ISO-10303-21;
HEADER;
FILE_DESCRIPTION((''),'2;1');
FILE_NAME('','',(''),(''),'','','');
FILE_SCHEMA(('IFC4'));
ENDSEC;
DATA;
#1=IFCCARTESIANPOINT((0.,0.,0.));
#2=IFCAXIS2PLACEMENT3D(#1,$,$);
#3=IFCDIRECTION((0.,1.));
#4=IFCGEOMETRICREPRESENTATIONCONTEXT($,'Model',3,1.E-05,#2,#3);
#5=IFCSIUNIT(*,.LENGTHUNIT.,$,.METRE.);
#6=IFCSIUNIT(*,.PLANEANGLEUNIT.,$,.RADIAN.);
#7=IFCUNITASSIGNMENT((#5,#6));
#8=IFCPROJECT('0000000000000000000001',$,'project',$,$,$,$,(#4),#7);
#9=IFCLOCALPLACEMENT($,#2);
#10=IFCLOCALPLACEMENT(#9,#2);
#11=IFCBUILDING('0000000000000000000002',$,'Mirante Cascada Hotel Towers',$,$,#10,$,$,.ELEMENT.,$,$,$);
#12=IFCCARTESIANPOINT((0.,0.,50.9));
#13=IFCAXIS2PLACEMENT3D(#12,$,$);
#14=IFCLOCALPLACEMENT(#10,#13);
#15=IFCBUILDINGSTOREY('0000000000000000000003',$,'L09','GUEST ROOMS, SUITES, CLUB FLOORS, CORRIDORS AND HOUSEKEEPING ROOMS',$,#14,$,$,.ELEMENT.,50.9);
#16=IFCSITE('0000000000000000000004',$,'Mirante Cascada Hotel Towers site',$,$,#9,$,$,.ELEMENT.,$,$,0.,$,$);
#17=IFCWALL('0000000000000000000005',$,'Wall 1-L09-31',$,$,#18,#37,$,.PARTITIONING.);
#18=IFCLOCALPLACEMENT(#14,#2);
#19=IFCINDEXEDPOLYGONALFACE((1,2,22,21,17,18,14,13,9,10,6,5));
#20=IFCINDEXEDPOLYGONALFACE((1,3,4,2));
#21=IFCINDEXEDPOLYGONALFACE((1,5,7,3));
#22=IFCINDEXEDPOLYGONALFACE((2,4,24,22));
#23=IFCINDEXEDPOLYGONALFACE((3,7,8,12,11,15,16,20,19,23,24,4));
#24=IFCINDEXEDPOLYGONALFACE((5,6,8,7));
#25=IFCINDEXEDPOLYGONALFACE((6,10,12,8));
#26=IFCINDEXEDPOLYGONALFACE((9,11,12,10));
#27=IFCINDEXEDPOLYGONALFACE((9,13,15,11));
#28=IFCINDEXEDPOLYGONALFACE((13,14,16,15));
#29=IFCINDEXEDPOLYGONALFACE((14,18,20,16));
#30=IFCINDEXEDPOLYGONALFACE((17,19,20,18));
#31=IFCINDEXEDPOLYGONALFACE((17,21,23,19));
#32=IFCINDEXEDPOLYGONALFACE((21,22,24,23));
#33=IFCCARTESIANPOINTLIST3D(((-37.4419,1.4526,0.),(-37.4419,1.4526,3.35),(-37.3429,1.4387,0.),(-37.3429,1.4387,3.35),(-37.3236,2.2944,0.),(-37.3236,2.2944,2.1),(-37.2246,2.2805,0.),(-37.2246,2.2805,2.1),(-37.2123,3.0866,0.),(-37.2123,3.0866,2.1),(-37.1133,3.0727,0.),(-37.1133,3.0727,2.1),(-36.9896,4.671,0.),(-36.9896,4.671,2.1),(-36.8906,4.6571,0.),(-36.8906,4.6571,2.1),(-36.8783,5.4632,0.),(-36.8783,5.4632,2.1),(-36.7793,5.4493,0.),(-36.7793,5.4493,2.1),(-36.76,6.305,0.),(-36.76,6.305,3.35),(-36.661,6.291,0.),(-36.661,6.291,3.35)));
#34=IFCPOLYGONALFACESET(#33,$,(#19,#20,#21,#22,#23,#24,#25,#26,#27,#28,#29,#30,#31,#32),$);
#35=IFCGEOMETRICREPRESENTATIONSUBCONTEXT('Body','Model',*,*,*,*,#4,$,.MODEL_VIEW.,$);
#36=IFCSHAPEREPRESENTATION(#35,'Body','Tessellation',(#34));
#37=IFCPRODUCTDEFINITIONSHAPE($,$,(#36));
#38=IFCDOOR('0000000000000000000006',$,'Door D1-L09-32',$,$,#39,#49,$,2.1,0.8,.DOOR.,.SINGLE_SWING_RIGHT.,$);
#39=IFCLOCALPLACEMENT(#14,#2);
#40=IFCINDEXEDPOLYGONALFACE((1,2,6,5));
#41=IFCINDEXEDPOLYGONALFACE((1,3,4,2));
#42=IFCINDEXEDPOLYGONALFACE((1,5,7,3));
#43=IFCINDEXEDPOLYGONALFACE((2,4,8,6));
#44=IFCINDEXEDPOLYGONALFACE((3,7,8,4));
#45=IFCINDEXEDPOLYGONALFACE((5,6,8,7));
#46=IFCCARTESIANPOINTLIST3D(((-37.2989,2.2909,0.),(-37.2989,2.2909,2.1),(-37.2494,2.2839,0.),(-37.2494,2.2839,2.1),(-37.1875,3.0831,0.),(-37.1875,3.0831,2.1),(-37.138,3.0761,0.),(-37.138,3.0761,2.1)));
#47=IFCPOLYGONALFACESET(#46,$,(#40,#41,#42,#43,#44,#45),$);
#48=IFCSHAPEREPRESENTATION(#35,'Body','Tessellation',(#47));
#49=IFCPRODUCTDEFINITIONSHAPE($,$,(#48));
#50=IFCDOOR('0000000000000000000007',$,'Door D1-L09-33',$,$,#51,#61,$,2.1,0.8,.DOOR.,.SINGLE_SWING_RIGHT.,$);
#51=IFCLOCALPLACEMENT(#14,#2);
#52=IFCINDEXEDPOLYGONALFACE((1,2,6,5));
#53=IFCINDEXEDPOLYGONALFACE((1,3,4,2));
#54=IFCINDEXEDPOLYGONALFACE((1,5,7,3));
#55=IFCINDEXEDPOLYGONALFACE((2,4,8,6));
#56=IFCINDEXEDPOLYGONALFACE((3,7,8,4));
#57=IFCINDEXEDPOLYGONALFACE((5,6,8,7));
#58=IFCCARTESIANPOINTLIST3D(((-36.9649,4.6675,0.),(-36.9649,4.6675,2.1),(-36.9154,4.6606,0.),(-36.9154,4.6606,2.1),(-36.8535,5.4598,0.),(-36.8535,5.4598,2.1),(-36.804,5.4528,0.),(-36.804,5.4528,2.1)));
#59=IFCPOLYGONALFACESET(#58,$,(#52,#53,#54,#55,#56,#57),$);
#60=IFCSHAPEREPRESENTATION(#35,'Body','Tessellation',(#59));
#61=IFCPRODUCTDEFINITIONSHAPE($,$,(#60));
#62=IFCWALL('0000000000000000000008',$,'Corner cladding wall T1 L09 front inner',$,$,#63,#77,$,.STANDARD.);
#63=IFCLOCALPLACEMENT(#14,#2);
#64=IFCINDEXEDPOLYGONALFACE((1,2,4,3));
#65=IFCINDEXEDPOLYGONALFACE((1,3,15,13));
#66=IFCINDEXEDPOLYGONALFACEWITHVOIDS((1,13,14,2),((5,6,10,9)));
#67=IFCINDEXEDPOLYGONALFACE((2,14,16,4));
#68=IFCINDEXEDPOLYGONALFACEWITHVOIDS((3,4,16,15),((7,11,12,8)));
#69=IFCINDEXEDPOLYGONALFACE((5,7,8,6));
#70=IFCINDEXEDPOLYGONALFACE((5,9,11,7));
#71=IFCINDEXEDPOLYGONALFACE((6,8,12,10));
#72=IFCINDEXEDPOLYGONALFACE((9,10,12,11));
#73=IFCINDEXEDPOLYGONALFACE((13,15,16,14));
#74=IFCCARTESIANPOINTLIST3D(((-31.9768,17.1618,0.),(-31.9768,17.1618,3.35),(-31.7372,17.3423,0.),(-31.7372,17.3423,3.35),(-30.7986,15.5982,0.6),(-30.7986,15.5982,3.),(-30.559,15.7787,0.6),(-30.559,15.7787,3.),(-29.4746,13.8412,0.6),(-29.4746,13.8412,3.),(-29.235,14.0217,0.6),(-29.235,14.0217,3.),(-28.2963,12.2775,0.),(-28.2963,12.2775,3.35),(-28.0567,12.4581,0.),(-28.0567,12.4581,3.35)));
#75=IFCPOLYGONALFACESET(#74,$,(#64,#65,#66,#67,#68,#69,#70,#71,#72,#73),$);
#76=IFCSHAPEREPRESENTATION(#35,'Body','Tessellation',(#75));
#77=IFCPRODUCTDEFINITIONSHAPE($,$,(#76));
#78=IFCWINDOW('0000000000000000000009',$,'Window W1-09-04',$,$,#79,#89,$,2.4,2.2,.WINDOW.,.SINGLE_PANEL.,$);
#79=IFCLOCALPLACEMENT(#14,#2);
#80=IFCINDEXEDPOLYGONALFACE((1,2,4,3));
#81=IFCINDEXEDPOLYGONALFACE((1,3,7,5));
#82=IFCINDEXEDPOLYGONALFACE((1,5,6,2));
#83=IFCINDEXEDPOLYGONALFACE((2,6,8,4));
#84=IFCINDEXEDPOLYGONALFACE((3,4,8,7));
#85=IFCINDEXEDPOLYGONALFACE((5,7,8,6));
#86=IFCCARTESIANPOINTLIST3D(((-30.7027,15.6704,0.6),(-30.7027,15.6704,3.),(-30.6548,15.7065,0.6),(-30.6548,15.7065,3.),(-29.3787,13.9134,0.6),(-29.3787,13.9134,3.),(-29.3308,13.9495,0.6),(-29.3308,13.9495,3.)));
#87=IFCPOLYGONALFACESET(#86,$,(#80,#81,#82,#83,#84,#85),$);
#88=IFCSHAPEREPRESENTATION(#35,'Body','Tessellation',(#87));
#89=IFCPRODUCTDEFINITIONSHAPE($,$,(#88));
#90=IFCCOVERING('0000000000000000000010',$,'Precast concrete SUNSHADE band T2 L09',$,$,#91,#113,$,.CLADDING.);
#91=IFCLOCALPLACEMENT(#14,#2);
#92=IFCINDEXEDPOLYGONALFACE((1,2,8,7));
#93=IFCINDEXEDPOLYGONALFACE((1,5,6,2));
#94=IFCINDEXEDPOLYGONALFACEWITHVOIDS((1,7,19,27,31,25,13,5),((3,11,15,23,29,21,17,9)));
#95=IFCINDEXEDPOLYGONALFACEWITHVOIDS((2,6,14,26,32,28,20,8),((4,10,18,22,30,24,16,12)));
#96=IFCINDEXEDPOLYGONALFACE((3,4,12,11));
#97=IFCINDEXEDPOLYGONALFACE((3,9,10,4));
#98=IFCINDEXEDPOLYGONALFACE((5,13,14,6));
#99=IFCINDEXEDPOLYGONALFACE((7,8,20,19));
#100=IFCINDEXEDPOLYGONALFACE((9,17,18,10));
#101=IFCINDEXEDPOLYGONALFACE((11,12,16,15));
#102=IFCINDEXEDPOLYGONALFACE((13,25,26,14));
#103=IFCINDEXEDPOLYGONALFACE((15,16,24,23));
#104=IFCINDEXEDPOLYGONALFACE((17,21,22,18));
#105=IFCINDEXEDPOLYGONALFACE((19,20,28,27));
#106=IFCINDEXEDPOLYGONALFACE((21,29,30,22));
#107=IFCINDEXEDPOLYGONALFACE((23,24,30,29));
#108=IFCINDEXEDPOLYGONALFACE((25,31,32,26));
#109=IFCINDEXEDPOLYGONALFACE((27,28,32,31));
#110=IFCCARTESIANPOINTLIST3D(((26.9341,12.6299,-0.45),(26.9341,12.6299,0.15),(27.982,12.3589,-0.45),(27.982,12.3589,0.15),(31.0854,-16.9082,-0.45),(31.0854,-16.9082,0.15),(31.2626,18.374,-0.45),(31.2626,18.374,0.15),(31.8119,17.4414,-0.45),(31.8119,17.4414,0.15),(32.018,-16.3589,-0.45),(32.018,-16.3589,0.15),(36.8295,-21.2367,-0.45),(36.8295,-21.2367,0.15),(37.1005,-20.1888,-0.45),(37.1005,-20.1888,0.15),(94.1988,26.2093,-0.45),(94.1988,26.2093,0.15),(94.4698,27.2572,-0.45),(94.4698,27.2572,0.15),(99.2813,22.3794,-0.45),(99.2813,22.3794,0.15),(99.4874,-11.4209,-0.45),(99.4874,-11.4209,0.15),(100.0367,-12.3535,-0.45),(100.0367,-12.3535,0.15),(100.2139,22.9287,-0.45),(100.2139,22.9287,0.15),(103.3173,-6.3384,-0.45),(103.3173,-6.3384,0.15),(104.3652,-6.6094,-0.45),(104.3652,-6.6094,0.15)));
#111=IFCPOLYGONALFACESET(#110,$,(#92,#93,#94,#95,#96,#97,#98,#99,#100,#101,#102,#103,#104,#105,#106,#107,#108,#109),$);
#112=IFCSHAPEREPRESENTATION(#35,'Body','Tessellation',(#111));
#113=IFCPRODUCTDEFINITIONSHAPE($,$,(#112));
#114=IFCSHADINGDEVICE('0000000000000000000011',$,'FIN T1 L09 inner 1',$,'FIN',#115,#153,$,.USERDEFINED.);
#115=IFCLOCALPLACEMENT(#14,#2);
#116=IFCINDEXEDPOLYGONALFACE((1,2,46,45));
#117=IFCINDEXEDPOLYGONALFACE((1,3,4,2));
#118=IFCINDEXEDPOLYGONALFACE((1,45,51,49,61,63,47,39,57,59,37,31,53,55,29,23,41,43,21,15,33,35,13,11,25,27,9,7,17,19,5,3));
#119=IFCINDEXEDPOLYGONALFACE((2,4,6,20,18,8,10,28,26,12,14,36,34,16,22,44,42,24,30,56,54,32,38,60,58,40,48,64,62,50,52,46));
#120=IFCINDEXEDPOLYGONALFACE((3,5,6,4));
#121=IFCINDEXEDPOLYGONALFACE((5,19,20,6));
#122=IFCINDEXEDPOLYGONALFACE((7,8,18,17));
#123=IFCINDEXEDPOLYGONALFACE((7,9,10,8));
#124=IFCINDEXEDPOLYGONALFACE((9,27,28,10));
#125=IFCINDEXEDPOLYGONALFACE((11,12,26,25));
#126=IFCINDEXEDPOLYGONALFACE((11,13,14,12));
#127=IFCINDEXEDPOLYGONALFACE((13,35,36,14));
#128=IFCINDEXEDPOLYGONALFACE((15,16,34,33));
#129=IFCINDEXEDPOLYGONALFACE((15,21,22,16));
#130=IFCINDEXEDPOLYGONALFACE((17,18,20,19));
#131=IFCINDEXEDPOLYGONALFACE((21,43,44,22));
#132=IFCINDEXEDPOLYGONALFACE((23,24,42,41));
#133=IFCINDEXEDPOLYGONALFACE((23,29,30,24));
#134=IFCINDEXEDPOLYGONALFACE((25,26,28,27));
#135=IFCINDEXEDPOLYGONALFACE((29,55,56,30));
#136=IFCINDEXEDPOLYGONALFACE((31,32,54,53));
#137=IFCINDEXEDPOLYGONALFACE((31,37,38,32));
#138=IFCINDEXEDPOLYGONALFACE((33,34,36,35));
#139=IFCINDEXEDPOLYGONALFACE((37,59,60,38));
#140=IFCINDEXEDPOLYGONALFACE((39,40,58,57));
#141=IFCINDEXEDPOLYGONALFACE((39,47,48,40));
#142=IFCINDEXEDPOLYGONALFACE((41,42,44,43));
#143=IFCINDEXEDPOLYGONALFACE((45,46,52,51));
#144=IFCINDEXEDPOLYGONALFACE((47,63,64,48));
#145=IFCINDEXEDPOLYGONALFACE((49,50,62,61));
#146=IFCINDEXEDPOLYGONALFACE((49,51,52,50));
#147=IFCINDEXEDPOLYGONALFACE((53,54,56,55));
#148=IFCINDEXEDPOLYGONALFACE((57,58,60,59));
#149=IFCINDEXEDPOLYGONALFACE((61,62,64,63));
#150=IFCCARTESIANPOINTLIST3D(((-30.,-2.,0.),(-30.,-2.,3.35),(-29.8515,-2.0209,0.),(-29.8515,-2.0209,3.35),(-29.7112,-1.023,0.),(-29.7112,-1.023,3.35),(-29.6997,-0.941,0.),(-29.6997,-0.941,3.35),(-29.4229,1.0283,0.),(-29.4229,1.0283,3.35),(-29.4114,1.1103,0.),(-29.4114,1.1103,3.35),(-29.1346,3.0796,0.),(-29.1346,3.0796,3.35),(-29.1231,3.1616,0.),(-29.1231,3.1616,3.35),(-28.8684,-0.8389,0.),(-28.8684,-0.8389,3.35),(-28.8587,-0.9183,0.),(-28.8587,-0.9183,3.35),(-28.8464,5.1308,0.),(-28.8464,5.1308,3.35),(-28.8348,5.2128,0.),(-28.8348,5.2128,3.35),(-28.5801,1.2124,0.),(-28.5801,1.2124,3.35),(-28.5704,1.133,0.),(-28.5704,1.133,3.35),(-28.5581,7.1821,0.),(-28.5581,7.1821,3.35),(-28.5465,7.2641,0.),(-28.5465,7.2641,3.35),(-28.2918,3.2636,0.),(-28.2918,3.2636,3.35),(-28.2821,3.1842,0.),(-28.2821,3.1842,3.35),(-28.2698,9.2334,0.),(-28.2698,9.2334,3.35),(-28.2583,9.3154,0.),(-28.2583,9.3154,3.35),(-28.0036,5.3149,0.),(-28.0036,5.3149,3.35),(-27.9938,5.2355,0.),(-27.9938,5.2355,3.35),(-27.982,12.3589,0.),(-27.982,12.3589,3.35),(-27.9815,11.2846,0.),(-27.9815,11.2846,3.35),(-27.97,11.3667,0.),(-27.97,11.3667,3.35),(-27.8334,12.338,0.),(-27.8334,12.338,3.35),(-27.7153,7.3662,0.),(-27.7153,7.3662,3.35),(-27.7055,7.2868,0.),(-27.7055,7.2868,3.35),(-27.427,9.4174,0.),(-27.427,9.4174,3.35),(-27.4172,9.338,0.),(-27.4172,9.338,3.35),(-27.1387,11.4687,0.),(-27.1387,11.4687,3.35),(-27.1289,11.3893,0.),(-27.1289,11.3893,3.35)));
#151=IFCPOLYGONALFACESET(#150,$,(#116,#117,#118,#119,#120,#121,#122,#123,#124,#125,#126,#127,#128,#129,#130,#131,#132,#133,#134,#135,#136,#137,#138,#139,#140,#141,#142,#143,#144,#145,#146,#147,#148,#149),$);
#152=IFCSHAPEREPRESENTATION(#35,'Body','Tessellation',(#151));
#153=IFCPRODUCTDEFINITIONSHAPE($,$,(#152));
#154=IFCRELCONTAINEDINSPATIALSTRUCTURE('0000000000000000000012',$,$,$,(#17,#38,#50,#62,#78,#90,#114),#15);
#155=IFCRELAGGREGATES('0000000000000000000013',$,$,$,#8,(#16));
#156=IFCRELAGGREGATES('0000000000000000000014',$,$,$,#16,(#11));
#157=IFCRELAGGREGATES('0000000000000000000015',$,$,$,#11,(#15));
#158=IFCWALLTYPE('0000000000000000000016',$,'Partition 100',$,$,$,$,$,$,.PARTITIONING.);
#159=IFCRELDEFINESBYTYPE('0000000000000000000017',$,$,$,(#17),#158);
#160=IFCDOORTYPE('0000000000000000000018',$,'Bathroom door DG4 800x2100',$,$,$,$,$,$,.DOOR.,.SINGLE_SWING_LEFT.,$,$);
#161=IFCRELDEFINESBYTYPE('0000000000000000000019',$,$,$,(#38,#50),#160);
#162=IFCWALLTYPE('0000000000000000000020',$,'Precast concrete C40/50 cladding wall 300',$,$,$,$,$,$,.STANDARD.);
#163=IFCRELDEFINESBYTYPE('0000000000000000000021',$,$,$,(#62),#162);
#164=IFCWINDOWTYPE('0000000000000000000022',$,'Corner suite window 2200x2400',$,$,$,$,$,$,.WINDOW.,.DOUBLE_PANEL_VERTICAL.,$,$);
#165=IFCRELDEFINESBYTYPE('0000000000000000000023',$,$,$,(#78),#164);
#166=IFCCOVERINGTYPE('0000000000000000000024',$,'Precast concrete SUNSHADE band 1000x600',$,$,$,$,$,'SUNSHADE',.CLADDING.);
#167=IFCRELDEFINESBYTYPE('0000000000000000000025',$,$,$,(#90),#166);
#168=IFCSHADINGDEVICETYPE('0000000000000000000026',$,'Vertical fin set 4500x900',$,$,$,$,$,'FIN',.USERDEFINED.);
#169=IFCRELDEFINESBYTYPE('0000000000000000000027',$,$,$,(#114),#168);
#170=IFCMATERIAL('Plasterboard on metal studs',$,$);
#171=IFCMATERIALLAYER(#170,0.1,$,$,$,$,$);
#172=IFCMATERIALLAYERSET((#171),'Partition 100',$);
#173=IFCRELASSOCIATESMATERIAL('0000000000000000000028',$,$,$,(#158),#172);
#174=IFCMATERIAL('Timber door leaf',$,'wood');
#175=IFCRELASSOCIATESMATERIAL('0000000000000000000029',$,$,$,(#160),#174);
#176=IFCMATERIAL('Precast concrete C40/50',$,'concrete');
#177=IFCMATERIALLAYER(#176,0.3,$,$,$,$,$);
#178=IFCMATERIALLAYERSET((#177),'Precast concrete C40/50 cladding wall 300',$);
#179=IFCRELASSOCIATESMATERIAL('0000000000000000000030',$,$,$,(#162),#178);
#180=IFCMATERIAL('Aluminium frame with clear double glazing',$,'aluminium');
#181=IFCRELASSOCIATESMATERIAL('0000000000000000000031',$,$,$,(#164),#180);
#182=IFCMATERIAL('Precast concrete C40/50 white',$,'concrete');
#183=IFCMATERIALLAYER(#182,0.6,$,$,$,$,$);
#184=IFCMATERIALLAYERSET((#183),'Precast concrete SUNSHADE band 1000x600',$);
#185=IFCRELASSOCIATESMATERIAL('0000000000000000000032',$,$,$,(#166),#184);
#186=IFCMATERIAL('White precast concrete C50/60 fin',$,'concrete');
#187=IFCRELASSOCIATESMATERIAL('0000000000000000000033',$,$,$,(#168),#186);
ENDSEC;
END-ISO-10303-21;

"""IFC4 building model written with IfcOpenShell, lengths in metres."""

from ifc_helpers import new_model, si_unit, direction, frame, frame_2d, origin, place, context, subcontext, project, spatial, polyline, rectangle, outline, extrude, material, layer, layer_set, type_object, element, fill, save


model = new_model("IFC4")

# Units and contexts
model_context = context("Model", 3, precision=1e-05, world=origin(), true_north=direction((0.0, 1.0)))
body_context = subcontext(model_context, "Body", "Model", "MODEL_VIEW")
ifc_project = project(units=[si_unit("LENGTHUNIT", "METRE"), si_unit("PLANEANGLEUNIT", "RADIAN")], contexts=[model_context])

# Site, building, storey
site_placement = place(None, origin())
site = spatial("IfcSite", under=ifc_project, at=site_placement, Name="Mirante Cascada Hotel Towers site", CompositionType="ELEMENT", RefElevation=0.0)
building_placement = place(site_placement, origin())
building = spatial("IfcBuilding", under=site, at=building_placement, Name="Mirante Cascada Hotel Towers", CompositionType="ELEMENT")
storey_placement = place(building_placement, frame((0.0, 0.0, 50.9)))
storey = spatial("IfcBuildingStorey", under=building, at=storey_placement, Name="L09", Description="GUEST ROOMS, SUITES, CLUB FLOORS, CORRIDORS AND HOUSEKEEPING ROOMS", CompositionType="ELEMENT", Elevation=50.9)

# Shared definitions
ifc_material_1 = material(Name="Plasterboard on metal studs")
ifc_layer_1 = layer(ifc_material_1, 0.1)
ifc_layer_set_1 = layer_set([ifc_layer_1], Name="Partition 100")
wall_type_1 = type_object("IfcWallType", Name="Partition 100", PredefinedType="PARTITIONING", material=ifc_layer_set_1)

# Wall, openings, doors
ifc_material_2 = material(Name="Timber door leaf", Category="wood")
door_type = type_object("IfcDoorType", Name="Bathroom door DG4 800x2100", OperationType="SINGLE_SWING_LEFT", PredefinedType="DOOR", material=ifc_material_2)
wall_1_placement = place(storey_placement, frame((-36.7105, 6.298, 0.0), z_axis=(0.0, 0.0, 1.0), x_axis=(-0.139164, -0.990269, 0.0)))
wall_1 = element("IfcWall", 1, at=wall_1_placement, inside=storey, type_object=wall_type_1, Name="Wall 1-L09-31", PredefinedType="PARTITIONING", context=body_context, shape_type="SweptSolid", body=[
    extrude(rectangle(XDim=4.9, YDim=0.1, at=frame_2d((2.45, 0.0))), origin(), (0.0, 0.0, 1.0), 3.35),
])
opening_1_placement = place(wall_1_placement, frame((3.25, 0.0, 0.0)))
opening_1 = element("IfcOpeningElement", 2, at=opening_1_placement, cuts=wall_1, PredefinedType="OPENING", context=body_context, shape_type="SweptSolid", body=[
    extrude(rectangle(XDim=0.8, YDim=2.1, at=frame_2d((0.4, 1.05))), frame((0.0, 0.05, 0.0), z_axis=(0.0, -1.0, 0.0), x_axis=(1.0, 0.0, 0.0)), (0.0, 0.0, 1.0), 0.1),
])
opening_2_placement = place(wall_1_placement, frame((0.85, 0.0, 0.0)))
opening_2 = element("IfcOpeningElement", 3, at=opening_2_placement, cuts=wall_1, PredefinedType="OPENING", context=body_context, shape_type="SweptSolid", body=[
    extrude(rectangle(XDim=0.8, YDim=2.1, at=frame_2d((0.4, 1.05))), frame((0.0, 0.05, 0.0), z_axis=(0.0, -1.0, 0.0), x_axis=(1.0, 0.0, 0.0)), (0.0, 0.0, 1.0), 0.1),
])
door_1_placement = place(opening_1_placement, frame((0.8, 0.0, 0.0), z_axis=(0.0, 0.0, 1.0), x_axis=(-1.0, 0.0, 0.0)))
door_1 = element("IfcDoor", 4, at=door_1_placement, inside=storey, type_object=door_type, Name="Door D1-L09-32", OperationType="SINGLE_SWING_RIGHT", OverallHeight=2.1, OverallWidth=0.8, PredefinedType="DOOR", context=body_context, shape_type="SweptSolid", body=[
    extrude(rectangle(XDim=0.8, YDim=2.1, at=frame_2d((0.4, 1.05))), frame((0.0, 0.025, 0.0), z_axis=(0.0, -1.0, 0.0), x_axis=(1.0, 0.0, 0.0)), (0.0, 0.0, 1.0), 0.05),
])
fill(opening_1, door_1)
door_2_placement = place(opening_2_placement, frame((0.8, 0.0, 0.0), z_axis=(0.0, 0.0, 1.0), x_axis=(-1.0, 0.0, 0.0)))
door_2 = element("IfcDoor", 5, at=door_2_placement, inside=storey, type_object=door_type, Name="Door D1-L09-33", OperationType="SINGLE_SWING_RIGHT", OverallHeight=2.1, OverallWidth=0.8, PredefinedType="DOOR", context=body_context, shape_type="SweptSolid", body=[
    extrude(rectangle(XDim=0.8, YDim=2.1, at=frame_2d((0.4, 1.05))), frame((0.0, 0.025, 0.0), z_axis=(0.0, -1.0, 0.0), x_axis=(1.0, 0.0, 0.0)), (0.0, 0.0, 1.0), 0.05),
])
fill(opening_2, door_2)

# Wall, opening, window
ifc_material_3 = material(Name="Precast concrete C40/50", Category="concrete")
ifc_layer_2 = layer(ifc_material_3, 0.3)
ifc_layer_set_2 = layer_set([ifc_layer_2], Name="Precast concrete C40/50 cladding wall 300")
wall_type_2 = type_object("IfcWallType", Name="Precast concrete C40/50 cladding wall 300", PredefinedType="STANDARD", material=ifc_layer_set_2)
wall_2_placement = place(storey_placement, frame((-31.857, 17.252, 0.0), z_axis=(0.0, 0.0, 1.0), x_axis=(0.601814, -0.798636, 0.0)))
wall_2 = element("IfcWall", 6, at=wall_2_placement, inside=storey, type_object=wall_type_2, Name="Corner cladding wall T1 L09 front inner", PredefinedType="STANDARD", context=body_context, shape_type="SweptSolid", body=[
    extrude(rectangle(XDim=6.1157, YDim=0.3, at=frame_2d((3.0578, 0.0))), origin(), (0.0, 0.0, 1.0), 3.35),
])
opening_3_placement = place(wall_2_placement, frame((1.9578, 0.0, 0.6)))
opening_3 = element("IfcOpeningElement", 7, at=opening_3_placement, cuts=wall_2, PredefinedType="OPENING", context=body_context, shape_type="SweptSolid", body=[
    extrude(rectangle(XDim=2.2, YDim=2.4, at=frame_2d((1.1, 1.2))), frame((0.0, 0.15, 0.0), z_axis=(0.0, -1.0, 0.0), x_axis=(1.0, 0.0, 0.0)), (0.0, 0.0, 1.0), 0.3),
])
ifc_material_4 = material(Name="Aluminium frame with clear double glazing", Category="aluminium")
window_type = type_object("IfcWindowType", Name="Corner suite window 2200x2400", PartitioningType="DOUBLE_PANEL_VERTICAL", PredefinedType="WINDOW", material=ifc_material_4)
window_placement = place(opening_3_placement, origin())
window = element("IfcWindow", 8, at=window_placement, inside=storey, type_object=window_type, Name="Window W1-09-04", OverallHeight=2.4, OverallWidth=2.2, PartitioningType="SINGLE_PANEL", PredefinedType="WINDOW", context=body_context, shape_type="SweptSolid", body=[
    extrude(rectangle(XDim=2.2, YDim=2.4, at=frame_2d((1.1, 1.2))), frame((0.0, 0.03, 0.0), z_axis=(0.0, -1.0, 0.0), x_axis=(1.0, 0.0, 0.0)), (0.0, 0.0, 1.0), 0.06),
])
fill(opening_3, window)

# Covering
ifc_material_5 = material(Name="Precast concrete C40/50 white", Category="concrete")
ifc_layer_3 = layer(ifc_material_5, 0.6)
ifc_layer_set_3 = layer_set([ifc_layer_3], Name="Precast concrete SUNSHADE band 1000x600")
covering_type = type_object("IfcCoveringType", Name="Precast concrete SUNSHADE band 1000x600", ElementType="SUNSHADE", PredefinedType="CLADDING", material=ifc_layer_set_3)
covering_placement = place(storey_placement, frame((0.0, 0.0, -0.45)))
element("IfcCovering", 9, at=covering_placement, inside=storey, type_object=covering_type, Name="Precast concrete SUNSHADE band T2 L09", PredefinedType="CLADDING", context=body_context, shape_type="SweptSolid", body=[
    extrude(outline(polyline([(26.9341, 12.6299), (31.2626, 18.374), (94.4698, 27.2572), (100.2139, 22.9287), (104.3652, -6.6094), (100.0367, -12.3535), (36.8295, -21.2367), (31.0854, -16.9082), (26.9341, 12.6299)]), holes=[polyline([(103.3173, -6.3384), (99.2813, 22.3794), (94.1988, 26.2093), (31.8119, 17.4414), (27.982, 12.3589), (32.018, -16.3589), (37.1005, -20.1888), (99.4874, -11.4209), (103.3173, -6.3384)])]), origin(), (0.0, 0.0, 1.0), 0.6),
])

# Shading device
ifc_material_6 = material(Name="White precast concrete C50/60 fin", Category="concrete")
shading_device_type = type_object("IfcShadingDeviceType", Name="Vertical fin set 4500x900", ElementType="FIN", PredefinedType="USERDEFINED", material=ifc_material_6)
shading_device_1_placement = place(storey_placement, origin())
element("IfcShadingDevice", 10, at=shading_device_1_placement, inside=storey, type_object=shading_device_type, Name="FIN T1 L09 inner 1", ObjectType="FIN", PredefinedType="USERDEFINED", context=body_context, shape_type="SweptSolid", body=[
    extrude(outline(polyline([(-29.7112, -1.023), (-29.8515, -2.0209), (-30.0, -2.0), (-27.982, 12.3589), (-27.8334, 12.338), (-27.97, 11.3667), (-27.1387, 11.4687), (-27.1289, 11.3893), (-27.9815, 11.2846), (-28.2583, 9.3154), (-27.427, 9.4174), (-27.4172, 9.338), (-28.2698, 9.2334), (-28.5465, 7.2641), (-27.7153, 7.3662), (-27.7055, 7.2868), (-28.5581, 7.1821), (-28.8348, 5.2128), (-28.0036, 5.3149), (-27.9938, 5.2355), (-28.8464, 5.1308), (-29.1231, 3.1616), (-28.2918, 3.2636), (-28.2821, 3.1842), (-29.1346, 3.0796), (-29.4114, 1.1103), (-28.5801, 1.2124), (-28.5704, 1.133), (-29.4229, 1.0283), (-29.6997, -0.941), (-28.8684, -0.8389), (-28.8587, -0.9183), (-29.7112, -1.023)])), origin(), (0.0, 0.0, 1.0), 3.35),
])

save(model, "model.ifc")
